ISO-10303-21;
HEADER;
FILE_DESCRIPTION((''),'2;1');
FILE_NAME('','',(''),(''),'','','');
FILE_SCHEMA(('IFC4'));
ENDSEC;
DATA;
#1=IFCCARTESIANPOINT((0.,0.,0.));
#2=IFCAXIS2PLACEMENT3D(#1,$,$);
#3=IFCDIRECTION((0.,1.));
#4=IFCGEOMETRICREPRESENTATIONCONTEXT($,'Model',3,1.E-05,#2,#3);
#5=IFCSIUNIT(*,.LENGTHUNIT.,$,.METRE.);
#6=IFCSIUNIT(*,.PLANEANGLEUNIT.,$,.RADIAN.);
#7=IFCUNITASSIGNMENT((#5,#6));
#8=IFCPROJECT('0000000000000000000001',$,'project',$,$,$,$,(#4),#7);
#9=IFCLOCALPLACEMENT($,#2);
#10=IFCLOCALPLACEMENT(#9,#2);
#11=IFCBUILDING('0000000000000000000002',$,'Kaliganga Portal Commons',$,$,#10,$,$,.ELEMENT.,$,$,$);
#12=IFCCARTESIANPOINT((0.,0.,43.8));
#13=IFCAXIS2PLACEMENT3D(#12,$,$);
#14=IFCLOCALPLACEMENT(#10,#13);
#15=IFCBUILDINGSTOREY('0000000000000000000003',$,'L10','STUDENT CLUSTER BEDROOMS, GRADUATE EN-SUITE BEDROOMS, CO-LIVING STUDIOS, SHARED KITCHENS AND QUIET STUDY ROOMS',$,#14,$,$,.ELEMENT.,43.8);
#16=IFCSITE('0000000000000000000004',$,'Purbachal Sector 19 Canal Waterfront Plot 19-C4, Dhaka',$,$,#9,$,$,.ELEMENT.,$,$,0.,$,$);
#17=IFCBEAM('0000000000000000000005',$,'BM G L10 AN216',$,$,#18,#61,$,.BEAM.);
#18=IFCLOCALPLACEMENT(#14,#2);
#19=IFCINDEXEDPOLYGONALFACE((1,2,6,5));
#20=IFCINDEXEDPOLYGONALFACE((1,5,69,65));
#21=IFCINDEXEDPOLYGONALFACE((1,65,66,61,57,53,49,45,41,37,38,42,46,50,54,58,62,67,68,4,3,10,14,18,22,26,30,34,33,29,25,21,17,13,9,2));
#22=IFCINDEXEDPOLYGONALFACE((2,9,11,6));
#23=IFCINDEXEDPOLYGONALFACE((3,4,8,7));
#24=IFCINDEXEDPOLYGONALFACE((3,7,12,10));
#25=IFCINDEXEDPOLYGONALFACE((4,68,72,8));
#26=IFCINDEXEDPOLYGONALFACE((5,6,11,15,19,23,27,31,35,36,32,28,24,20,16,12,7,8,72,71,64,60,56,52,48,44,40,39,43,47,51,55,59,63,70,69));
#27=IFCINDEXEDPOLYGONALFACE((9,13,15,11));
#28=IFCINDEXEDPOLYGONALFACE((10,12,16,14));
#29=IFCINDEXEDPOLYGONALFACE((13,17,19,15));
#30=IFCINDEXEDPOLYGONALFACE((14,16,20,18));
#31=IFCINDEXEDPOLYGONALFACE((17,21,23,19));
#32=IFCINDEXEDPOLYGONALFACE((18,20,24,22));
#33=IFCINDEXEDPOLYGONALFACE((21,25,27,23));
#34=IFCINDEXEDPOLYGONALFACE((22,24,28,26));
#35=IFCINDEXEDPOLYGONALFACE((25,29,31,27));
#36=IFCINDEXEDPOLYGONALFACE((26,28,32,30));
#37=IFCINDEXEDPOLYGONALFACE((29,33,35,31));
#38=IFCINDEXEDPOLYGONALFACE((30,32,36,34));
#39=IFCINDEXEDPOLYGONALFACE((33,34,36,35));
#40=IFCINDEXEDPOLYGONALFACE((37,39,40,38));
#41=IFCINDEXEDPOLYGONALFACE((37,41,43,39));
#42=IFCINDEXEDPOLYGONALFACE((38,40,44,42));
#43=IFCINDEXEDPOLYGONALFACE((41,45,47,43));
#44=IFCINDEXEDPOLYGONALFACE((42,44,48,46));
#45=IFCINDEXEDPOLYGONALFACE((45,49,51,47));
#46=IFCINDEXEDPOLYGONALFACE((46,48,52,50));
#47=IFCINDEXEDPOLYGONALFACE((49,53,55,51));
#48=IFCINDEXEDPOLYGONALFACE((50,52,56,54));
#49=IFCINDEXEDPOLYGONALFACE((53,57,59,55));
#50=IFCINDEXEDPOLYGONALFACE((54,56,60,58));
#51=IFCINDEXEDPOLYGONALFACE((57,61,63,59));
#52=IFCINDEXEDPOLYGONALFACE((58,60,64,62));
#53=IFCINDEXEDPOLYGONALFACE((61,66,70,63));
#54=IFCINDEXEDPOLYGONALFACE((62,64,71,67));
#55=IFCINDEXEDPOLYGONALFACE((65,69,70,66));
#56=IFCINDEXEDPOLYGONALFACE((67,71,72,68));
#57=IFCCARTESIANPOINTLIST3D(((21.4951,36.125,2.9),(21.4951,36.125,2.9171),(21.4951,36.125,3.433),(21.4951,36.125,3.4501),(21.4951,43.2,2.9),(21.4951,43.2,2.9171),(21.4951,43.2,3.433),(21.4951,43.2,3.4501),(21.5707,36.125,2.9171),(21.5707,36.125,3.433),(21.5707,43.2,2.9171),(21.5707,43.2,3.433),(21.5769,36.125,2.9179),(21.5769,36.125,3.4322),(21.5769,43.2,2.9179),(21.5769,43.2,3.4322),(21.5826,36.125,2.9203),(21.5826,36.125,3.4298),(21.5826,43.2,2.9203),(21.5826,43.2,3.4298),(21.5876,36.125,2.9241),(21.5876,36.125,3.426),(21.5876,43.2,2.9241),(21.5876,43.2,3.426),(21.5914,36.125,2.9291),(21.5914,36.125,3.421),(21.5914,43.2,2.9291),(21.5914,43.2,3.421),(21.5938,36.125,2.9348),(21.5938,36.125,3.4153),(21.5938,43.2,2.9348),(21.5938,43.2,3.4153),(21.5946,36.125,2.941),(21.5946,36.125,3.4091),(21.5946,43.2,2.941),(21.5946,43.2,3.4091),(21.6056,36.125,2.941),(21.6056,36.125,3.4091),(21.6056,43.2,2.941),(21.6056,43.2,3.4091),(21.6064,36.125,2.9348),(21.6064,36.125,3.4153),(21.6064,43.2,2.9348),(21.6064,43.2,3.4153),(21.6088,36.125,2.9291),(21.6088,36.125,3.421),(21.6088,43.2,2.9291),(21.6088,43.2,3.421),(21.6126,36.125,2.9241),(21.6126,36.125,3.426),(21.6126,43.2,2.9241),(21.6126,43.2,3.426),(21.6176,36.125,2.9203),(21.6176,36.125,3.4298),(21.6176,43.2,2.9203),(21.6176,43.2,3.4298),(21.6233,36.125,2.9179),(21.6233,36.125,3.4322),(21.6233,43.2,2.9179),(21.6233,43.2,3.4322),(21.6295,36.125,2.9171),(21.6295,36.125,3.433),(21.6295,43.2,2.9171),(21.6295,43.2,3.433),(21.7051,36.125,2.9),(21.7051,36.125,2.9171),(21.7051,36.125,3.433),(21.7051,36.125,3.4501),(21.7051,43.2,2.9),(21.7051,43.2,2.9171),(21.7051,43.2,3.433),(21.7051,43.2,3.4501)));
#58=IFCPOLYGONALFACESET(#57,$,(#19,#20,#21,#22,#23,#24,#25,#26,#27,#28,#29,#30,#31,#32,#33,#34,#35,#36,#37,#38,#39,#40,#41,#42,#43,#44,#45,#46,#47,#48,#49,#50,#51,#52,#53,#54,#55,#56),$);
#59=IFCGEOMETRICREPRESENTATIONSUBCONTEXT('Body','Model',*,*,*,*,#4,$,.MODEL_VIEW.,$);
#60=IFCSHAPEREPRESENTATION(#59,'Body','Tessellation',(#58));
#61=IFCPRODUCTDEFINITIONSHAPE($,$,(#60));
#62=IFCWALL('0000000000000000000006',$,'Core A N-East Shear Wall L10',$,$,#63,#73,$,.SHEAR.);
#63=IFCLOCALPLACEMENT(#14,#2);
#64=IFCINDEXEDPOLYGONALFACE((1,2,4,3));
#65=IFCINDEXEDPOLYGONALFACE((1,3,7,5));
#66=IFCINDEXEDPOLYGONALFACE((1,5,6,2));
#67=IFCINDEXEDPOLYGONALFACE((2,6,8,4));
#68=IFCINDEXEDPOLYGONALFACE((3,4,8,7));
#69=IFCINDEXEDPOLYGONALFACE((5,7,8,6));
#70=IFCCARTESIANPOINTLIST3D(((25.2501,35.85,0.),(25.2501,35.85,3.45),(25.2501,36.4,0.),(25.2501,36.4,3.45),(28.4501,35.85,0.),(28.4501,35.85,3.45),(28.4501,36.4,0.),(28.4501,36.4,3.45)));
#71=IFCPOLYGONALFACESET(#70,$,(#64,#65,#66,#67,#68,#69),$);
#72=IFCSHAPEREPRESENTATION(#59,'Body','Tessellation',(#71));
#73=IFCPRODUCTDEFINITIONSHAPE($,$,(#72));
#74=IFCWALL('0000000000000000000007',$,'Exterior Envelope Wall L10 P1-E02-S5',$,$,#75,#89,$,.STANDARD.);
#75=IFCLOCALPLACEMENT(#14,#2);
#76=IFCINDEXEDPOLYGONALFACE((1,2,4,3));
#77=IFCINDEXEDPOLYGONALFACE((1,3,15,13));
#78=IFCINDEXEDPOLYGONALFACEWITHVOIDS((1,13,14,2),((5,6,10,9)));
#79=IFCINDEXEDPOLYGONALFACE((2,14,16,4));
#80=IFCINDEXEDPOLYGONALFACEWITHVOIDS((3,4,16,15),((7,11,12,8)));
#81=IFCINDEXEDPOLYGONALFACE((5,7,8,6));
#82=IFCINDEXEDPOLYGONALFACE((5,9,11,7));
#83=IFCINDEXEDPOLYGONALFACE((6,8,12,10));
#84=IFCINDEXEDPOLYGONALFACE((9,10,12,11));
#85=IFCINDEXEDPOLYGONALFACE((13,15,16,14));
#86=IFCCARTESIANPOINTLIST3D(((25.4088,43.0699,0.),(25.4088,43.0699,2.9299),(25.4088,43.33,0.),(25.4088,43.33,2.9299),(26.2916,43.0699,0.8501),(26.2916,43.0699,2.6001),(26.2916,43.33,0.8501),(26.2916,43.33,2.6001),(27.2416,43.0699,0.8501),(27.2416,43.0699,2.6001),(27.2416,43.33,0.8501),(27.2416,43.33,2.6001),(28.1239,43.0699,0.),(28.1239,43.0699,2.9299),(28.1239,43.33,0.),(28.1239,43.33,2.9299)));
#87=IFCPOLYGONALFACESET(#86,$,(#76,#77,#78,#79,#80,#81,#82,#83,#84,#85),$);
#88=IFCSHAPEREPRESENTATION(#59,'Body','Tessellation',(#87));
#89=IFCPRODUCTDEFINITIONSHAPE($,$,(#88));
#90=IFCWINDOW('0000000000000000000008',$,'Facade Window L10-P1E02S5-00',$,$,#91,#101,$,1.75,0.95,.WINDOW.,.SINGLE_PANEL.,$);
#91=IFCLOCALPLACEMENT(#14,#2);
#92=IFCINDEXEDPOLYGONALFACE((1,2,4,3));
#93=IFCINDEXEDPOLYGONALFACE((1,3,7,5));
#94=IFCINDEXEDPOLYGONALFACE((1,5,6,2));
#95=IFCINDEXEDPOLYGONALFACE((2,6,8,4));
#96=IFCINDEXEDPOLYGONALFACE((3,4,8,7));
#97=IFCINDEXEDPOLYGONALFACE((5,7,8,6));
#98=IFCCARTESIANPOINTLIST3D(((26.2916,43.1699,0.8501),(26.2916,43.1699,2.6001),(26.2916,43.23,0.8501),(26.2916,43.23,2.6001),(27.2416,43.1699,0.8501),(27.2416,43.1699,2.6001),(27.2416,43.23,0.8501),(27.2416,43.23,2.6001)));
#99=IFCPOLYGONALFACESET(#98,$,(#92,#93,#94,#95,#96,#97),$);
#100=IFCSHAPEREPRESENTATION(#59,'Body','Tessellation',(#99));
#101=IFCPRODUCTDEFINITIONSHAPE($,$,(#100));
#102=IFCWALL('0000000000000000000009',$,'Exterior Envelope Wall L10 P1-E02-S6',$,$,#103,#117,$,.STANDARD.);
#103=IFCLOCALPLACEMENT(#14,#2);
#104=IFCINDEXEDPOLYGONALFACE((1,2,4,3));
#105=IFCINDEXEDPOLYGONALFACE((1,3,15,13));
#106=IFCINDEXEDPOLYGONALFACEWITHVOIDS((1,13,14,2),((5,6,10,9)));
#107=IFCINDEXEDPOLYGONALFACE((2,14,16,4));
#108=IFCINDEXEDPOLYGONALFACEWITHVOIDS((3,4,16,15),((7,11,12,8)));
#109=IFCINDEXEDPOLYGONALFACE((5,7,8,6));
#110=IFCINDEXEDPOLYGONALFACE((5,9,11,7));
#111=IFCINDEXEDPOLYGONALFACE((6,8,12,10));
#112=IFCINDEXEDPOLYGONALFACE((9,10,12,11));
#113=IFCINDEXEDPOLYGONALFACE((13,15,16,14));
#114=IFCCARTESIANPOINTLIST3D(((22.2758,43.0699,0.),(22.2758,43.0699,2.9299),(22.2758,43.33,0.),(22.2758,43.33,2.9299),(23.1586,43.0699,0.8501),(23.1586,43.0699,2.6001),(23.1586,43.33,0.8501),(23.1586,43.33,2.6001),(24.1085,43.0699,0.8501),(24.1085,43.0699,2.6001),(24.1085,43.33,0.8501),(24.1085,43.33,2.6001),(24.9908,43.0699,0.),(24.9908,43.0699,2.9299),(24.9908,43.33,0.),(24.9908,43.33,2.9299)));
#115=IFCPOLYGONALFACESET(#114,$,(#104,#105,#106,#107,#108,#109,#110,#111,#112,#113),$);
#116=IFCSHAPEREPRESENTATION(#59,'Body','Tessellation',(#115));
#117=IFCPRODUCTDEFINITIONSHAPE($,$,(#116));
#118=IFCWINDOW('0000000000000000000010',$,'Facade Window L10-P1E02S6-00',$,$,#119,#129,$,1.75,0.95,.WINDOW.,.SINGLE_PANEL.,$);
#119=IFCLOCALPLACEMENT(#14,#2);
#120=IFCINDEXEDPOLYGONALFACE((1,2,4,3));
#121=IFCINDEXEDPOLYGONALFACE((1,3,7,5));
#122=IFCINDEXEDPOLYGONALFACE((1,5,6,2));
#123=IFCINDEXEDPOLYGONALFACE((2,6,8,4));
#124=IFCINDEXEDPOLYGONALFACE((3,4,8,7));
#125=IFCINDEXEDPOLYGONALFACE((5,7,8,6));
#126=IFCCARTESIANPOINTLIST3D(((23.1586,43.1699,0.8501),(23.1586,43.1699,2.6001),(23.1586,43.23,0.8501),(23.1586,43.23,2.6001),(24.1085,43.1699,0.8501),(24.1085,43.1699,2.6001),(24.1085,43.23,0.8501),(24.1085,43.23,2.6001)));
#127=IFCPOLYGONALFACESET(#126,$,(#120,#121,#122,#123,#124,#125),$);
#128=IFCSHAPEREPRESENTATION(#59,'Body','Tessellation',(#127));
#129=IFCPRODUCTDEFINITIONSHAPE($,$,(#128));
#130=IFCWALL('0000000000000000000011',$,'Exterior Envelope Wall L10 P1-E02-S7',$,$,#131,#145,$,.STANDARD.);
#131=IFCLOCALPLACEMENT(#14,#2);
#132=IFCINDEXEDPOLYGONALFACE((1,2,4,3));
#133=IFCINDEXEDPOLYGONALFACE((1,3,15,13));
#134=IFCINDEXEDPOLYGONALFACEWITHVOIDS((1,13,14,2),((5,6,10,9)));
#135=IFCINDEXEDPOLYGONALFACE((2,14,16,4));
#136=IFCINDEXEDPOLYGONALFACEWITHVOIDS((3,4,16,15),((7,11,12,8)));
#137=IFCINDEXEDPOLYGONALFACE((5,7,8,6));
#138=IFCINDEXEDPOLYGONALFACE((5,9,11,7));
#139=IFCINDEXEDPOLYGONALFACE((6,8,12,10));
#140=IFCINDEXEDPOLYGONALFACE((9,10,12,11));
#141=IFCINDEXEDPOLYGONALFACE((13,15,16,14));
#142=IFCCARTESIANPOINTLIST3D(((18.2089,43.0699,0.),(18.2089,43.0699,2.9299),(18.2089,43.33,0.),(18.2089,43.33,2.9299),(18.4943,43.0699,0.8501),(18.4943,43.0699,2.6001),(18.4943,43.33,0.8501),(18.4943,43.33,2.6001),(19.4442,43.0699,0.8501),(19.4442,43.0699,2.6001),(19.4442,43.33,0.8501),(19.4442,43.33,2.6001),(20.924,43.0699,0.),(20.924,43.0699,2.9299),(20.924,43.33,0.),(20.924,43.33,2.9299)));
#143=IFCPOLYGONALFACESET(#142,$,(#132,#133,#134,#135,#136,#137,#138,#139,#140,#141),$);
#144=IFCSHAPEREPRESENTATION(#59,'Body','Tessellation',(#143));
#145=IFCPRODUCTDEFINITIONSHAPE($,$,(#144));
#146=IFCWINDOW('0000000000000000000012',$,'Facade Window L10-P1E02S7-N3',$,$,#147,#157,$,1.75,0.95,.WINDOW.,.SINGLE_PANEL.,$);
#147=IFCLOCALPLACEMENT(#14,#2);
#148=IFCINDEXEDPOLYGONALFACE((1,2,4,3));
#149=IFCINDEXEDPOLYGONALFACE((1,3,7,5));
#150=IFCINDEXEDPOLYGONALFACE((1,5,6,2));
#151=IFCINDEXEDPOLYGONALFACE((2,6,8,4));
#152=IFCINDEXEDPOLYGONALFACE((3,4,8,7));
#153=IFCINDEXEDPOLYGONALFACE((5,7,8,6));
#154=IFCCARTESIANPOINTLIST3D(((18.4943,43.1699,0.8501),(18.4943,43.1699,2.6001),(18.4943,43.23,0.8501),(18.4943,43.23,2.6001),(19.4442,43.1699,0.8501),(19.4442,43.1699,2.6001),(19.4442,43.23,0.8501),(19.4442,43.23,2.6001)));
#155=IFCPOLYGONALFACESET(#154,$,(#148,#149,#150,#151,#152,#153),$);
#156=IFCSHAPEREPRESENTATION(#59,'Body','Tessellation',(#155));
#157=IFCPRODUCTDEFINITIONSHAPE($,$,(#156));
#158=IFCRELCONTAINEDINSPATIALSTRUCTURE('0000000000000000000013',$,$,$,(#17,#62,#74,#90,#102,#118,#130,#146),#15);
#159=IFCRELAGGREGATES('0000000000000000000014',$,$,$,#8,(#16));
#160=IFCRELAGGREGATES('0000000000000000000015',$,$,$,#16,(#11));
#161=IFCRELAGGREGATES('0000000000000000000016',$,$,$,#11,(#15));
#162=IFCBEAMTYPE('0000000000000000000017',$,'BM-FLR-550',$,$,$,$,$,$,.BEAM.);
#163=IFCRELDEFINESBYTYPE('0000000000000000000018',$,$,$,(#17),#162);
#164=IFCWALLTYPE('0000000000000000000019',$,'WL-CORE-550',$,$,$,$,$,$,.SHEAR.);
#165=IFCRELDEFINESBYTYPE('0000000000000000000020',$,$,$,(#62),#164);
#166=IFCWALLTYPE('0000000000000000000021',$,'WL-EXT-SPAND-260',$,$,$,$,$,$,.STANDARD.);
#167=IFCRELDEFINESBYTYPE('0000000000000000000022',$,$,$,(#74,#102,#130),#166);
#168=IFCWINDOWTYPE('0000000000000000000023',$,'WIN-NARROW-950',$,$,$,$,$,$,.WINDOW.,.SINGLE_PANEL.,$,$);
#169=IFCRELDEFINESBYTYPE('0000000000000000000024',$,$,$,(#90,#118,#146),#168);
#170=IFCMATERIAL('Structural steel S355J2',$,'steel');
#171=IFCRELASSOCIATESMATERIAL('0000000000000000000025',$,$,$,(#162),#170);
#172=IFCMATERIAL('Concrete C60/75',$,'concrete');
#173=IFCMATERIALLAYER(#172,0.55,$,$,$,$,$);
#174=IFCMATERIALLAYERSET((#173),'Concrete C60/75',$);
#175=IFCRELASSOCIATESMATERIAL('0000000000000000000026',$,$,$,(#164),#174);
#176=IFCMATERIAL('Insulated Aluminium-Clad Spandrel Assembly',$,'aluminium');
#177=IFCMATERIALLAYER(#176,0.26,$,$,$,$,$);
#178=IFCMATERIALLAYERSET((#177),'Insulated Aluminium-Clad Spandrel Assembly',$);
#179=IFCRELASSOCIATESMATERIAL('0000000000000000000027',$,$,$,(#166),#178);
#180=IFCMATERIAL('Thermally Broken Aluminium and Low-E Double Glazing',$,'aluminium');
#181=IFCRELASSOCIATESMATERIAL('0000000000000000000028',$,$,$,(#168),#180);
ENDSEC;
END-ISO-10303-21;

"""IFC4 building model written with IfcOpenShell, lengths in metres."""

from ifc_helpers import new_model, si_unit, direction, frame, frame_2d, origin, origin_2d, place, context, subcontext, project, spatial, rectangle, i_section, extrude, source, transform, mapped, material, layer, layer_set, material_profile, profile_set, type_object, element, fill, save


model = new_model("IFC4")

# Units and contexts
model_context = context("Model", 3, precision=1e-05, world=origin(), true_north=direction((0.0, 1.0)))
body_context = subcontext(model_context, "Body", "Model", "MODEL_VIEW")
ifc_project = project(units=[si_unit("LENGTHUNIT", "METRE"), si_unit("PLANEANGLEUNIT", "RADIAN")], contexts=[model_context])

# Site, building, storey
site_placement = place(None, origin())
site = spatial("IfcSite", under=ifc_project, at=site_placement, Name="Purbachal Sector 19 Canal Waterfront Plot 19-C4, Dhaka", CompositionType="ELEMENT", RefElevation=0.0)
building_placement = place(site_placement, origin())
building = spatial("IfcBuilding", under=site, at=building_placement, Name="Kaliganga Portal Commons", CompositionType="ELEMENT")
storey_placement = place(building_placement, frame((0.0, 0.0, 43.8)))
storey = spatial("IfcBuildingStorey", under=building, at=storey_placement, Name="L10", Description="STUDENT CLUSTER BEDROOMS, GRADUATE EN-SUITE BEDROOMS, CO-LIVING STUDIOS, SHARED KITCHENS AND QUIET STUDY ROOMS", CompositionType="ELEMENT", Elevation=43.8)

# Beam
ifc_material_1 = material(Name="Concrete C60/75", Category="concrete")
ifc_material_2 = material(Name="Structural steel S355J2", Category="steel")
ifc_material_profile_1 = material_profile(ifc_material_2, i_section(OverallWidth=0.21, OverallDepth=0.55, WebThickness=0.011, FlangeThickness=0.0171, FilletRadius=0.0239, at=origin_2d()), Name="IPE 550")
ifc_profile_set_1 = profile_set([ifc_material_profile_1], Name="Structural steel S355J2 wide-flange")
beam_type_1 = type_object("IfcBeamType", Name="BM-FLR-550", PredefinedType="BEAM", material=ifc_profile_set_1)
shared_shape_1 = source(origin(), body_context, "Body", "SweptSolid", [
    extrude(i_section(OverallWidth=0.21, OverallDepth=0.55, WebThickness=0.011, FlangeThickness=0.0171, FilletRadius=0.0239, at=origin_2d()), origin(), (0.0, 0.0, 1.0), 7.075),
])
beam_1_placement = place(storey_placement, frame((21.6001, 36.125, 3.175), z_axis=(0.0, 1.0, 0.0), x_axis=(-1.0, 0.0, 0.0)))
element("IfcBeam", 1, at=beam_1_placement, inside=storey, type_object=beam_type_1, Name="BM G L10 AN216", PredefinedType="BEAM", context=body_context, shape_type="MappedRepresentation", body=[
    mapped(shared_shape_1, transform((0.0, 0.0, 0.0), x_axis=(1.0, 0.0, 0.0), y_axis=(0.0, 1.0, 0.0), z_axis=(0.0, 0.0, 1.0), scale=1.0)),
])

# Wall
ifc_layer_1 = layer(ifc_material_1, 0.55)
ifc_layer_set_1 = layer_set([ifc_layer_1], Name="Concrete C60/75")
wall_type_1 = type_object("IfcWallType", Name="WL-CORE-550", PredefinedType="SHEAR", material=ifc_layer_set_1)
wall_1_placement = place(storey_placement, frame((25.25, 36.125, 0.0), z_axis=(0.0, 0.0, 1.0), x_axis=(1.0, 0.0, 0.0)))
element("IfcWall", 2, at=wall_1_placement, inside=storey, type_object=wall_type_1, Name="Core A N-East Shear Wall L10", PredefinedType="SHEAR", context=body_context, shape_type="SweptSolid", body=[
    extrude(rectangle(XDim=3.2, YDim=0.55, at=frame_2d((1.6001, 0.0))), origin(), (0.0, 0.0, 1.0), 3.45),
])

# Walls, openings, windows
ifc_material_3 = material(Name="Insulated Aluminium-Clad Spandrel Assembly", Category="aluminium")
ifc_layer_2 = layer(ifc_material_3, 0.26)
ifc_layer_set_2 = layer_set([ifc_layer_2], Name="Insulated Aluminium-Clad Spandrel Assembly")
wall_type_2 = type_object("IfcWallType", Name="WL-EXT-SPAND-260", PredefinedType="STANDARD", material=ifc_layer_set_2)
wall_2_placement = place(storey_placement, frame((25.4089, 43.2, 0.0), z_axis=(0.0, 0.0, 1.0), x_axis=(1.0, 0.0, 0.0)))
wall_2 = element("IfcWall", 3, at=wall_2_placement, inside=storey, type_object=wall_type_2, Name="Exterior Envelope Wall L10 P1-E02-S5", PredefinedType="STANDARD", context=body_context, shape_type="SweptSolid", body=[
    extrude(rectangle(XDim=2.7151, YDim=0.26, at=frame_2d((1.3574, 0.0))), origin(), (0.0, 0.0, 1.0), 2.9299),
])
opening_1_placement = place(wall_2_placement, frame((0.8826, 0.0, 0.8501)))
opening_1 = element("IfcOpeningElement", 4, at=opening_1_placement, cuts=wall_2, PredefinedType="OPENING", context=body_context, shape_type="SweptSolid", body=[
    extrude(rectangle(XDim=0.95, YDim=1.75, at=frame_2d((0.4751, 0.875))), frame((0.0, 0.1401, 0.0), z_axis=(0.0, -1.0, 0.0), x_axis=(1.0, 0.0, 0.0)), (0.0, 0.0, 1.0), 0.28),
])
ifc_material_4 = material(Name="Thermally Broken Aluminium and Low-E Double Glazing", Category="aluminium")
window_type = type_object("IfcWindowType", Name="WIN-NARROW-950", PartitioningType="SINGLE_PANEL", PredefinedType="WINDOW", material=ifc_material_4)
window_1_placement = place(opening_1_placement, origin())
window_1 = element("IfcWindow", 5, at=window_1_placement, inside=storey, type_object=window_type, Name="Facade Window L10-P1E02S5-00", OverallHeight=1.75, OverallWidth=0.95, PartitioningType="SINGLE_PANEL", PredefinedType="WINDOW", context=body_context, shape_type="SweptSolid", body=[
    extrude(rectangle(XDim=0.95, YDim=1.75, at=frame_2d((0.4751, 0.875))), frame((0.0, 0.03, 0.0), z_axis=(0.0, -1.0, 0.0), x_axis=(1.0, 0.0, 0.0)), (0.0, 0.0, 1.0), 0.0601),
])
fill(opening_1, window_1)
wall_3_placement = place(storey_placement, frame((22.2759, 43.2, 0.0), z_axis=(0.0, 0.0, 1.0), x_axis=(1.0, 0.0, 0.0)))
wall_3 = element("IfcWall", 6, at=wall_3_placement, inside=storey, type_object=wall_type_2, Name="Exterior Envelope Wall L10 P1-E02-S6", PredefinedType="STANDARD", context=body_context, shape_type="SweptSolid", body=[
    extrude(rectangle(XDim=2.7151, YDim=0.26, at=frame_2d((1.3574, 0.0))), origin(), (0.0, 0.0, 1.0), 2.9299),
])
opening_2_placement = place(wall_3_placement, frame((0.8826, 0.0, 0.8501)))
opening_2 = element("IfcOpeningElement", 7, at=opening_2_placement, cuts=wall_3, PredefinedType="OPENING", context=body_context, shape_type="SweptSolid", body=[
    extrude(rectangle(XDim=0.95, YDim=1.75, at=frame_2d((0.4751, 0.875))), frame((0.0, 0.1401, 0.0), z_axis=(0.0, -1.0, 0.0), x_axis=(1.0, 0.0, 0.0)), (0.0, 0.0, 1.0), 0.28),
])
window_2_placement = place(opening_2_placement, origin())
window_2 = element("IfcWindow", 8, at=window_2_placement, inside=storey, type_object=window_type, Name="Facade Window L10-P1E02S6-00", OverallHeight=1.75, OverallWidth=0.95, PartitioningType="SINGLE_PANEL", PredefinedType="WINDOW", context=body_context, shape_type="SweptSolid", body=[
    extrude(rectangle(XDim=0.95, YDim=1.75, at=frame_2d((0.4751, 0.875))), frame((0.0, 0.03, 0.0), z_axis=(0.0, -1.0, 0.0), x_axis=(1.0, 0.0, 0.0)), (0.0, 0.0, 1.0), 0.0601),
])
fill(opening_2, window_2)
wall_4_placement = place(storey_placement, frame((18.209, 43.2, 0.0), z_axis=(0.0, 0.0, 1.0), x_axis=(1.0, 0.0, 0.0)))
wall_4 = element("IfcWall", 9, at=wall_4_placement, inside=storey, type_object=wall_type_2, Name="Exterior Envelope Wall L10 P1-E02-S7", PredefinedType="STANDARD", context=body_context, shape_type="SweptSolid", body=[
    extrude(rectangle(XDim=2.7151, YDim=0.26, at=frame_2d((1.3574, 0.0))), origin(), (0.0, 0.0, 1.0), 2.9299),
])
opening_3_placement = place(wall_4_placement, frame((0.2852, 0.0, 0.8501)))
opening_3 = element("IfcOpeningElement", 10, at=opening_3_placement, cuts=wall_4, PredefinedType="OPENING", context=body_context, shape_type="SweptSolid", body=[
    extrude(rectangle(XDim=0.95, YDim=1.75, at=frame_2d((0.4751, 0.875))), frame((0.0, 0.1401, 0.0), z_axis=(0.0, -1.0, 0.0), x_axis=(1.0, 0.0, 0.0)), (0.0, 0.0, 1.0), 0.28),
])
window_3_placement = place(opening_3_placement, origin())
window_3 = element("IfcWindow", 11, at=window_3_placement, inside=storey, type_object=window_type, Name="Facade Window L10-P1E02S7-N3", OverallHeight=1.75, OverallWidth=0.95, PartitioningType="SINGLE_PANEL", PredefinedType="WINDOW", context=body_context, shape_type="SweptSolid", body=[
    extrude(rectangle(XDim=0.95, YDim=1.75, at=frame_2d((0.4751, 0.875))), frame((0.0, 0.03, 0.0), z_axis=(0.0, -1.0, 0.0), x_axis=(1.0, 0.0, 0.0)), (0.0, 0.0, 1.0), 0.0601),
])
fill(opening_3, window_3)

save(model, "model.ifc")
